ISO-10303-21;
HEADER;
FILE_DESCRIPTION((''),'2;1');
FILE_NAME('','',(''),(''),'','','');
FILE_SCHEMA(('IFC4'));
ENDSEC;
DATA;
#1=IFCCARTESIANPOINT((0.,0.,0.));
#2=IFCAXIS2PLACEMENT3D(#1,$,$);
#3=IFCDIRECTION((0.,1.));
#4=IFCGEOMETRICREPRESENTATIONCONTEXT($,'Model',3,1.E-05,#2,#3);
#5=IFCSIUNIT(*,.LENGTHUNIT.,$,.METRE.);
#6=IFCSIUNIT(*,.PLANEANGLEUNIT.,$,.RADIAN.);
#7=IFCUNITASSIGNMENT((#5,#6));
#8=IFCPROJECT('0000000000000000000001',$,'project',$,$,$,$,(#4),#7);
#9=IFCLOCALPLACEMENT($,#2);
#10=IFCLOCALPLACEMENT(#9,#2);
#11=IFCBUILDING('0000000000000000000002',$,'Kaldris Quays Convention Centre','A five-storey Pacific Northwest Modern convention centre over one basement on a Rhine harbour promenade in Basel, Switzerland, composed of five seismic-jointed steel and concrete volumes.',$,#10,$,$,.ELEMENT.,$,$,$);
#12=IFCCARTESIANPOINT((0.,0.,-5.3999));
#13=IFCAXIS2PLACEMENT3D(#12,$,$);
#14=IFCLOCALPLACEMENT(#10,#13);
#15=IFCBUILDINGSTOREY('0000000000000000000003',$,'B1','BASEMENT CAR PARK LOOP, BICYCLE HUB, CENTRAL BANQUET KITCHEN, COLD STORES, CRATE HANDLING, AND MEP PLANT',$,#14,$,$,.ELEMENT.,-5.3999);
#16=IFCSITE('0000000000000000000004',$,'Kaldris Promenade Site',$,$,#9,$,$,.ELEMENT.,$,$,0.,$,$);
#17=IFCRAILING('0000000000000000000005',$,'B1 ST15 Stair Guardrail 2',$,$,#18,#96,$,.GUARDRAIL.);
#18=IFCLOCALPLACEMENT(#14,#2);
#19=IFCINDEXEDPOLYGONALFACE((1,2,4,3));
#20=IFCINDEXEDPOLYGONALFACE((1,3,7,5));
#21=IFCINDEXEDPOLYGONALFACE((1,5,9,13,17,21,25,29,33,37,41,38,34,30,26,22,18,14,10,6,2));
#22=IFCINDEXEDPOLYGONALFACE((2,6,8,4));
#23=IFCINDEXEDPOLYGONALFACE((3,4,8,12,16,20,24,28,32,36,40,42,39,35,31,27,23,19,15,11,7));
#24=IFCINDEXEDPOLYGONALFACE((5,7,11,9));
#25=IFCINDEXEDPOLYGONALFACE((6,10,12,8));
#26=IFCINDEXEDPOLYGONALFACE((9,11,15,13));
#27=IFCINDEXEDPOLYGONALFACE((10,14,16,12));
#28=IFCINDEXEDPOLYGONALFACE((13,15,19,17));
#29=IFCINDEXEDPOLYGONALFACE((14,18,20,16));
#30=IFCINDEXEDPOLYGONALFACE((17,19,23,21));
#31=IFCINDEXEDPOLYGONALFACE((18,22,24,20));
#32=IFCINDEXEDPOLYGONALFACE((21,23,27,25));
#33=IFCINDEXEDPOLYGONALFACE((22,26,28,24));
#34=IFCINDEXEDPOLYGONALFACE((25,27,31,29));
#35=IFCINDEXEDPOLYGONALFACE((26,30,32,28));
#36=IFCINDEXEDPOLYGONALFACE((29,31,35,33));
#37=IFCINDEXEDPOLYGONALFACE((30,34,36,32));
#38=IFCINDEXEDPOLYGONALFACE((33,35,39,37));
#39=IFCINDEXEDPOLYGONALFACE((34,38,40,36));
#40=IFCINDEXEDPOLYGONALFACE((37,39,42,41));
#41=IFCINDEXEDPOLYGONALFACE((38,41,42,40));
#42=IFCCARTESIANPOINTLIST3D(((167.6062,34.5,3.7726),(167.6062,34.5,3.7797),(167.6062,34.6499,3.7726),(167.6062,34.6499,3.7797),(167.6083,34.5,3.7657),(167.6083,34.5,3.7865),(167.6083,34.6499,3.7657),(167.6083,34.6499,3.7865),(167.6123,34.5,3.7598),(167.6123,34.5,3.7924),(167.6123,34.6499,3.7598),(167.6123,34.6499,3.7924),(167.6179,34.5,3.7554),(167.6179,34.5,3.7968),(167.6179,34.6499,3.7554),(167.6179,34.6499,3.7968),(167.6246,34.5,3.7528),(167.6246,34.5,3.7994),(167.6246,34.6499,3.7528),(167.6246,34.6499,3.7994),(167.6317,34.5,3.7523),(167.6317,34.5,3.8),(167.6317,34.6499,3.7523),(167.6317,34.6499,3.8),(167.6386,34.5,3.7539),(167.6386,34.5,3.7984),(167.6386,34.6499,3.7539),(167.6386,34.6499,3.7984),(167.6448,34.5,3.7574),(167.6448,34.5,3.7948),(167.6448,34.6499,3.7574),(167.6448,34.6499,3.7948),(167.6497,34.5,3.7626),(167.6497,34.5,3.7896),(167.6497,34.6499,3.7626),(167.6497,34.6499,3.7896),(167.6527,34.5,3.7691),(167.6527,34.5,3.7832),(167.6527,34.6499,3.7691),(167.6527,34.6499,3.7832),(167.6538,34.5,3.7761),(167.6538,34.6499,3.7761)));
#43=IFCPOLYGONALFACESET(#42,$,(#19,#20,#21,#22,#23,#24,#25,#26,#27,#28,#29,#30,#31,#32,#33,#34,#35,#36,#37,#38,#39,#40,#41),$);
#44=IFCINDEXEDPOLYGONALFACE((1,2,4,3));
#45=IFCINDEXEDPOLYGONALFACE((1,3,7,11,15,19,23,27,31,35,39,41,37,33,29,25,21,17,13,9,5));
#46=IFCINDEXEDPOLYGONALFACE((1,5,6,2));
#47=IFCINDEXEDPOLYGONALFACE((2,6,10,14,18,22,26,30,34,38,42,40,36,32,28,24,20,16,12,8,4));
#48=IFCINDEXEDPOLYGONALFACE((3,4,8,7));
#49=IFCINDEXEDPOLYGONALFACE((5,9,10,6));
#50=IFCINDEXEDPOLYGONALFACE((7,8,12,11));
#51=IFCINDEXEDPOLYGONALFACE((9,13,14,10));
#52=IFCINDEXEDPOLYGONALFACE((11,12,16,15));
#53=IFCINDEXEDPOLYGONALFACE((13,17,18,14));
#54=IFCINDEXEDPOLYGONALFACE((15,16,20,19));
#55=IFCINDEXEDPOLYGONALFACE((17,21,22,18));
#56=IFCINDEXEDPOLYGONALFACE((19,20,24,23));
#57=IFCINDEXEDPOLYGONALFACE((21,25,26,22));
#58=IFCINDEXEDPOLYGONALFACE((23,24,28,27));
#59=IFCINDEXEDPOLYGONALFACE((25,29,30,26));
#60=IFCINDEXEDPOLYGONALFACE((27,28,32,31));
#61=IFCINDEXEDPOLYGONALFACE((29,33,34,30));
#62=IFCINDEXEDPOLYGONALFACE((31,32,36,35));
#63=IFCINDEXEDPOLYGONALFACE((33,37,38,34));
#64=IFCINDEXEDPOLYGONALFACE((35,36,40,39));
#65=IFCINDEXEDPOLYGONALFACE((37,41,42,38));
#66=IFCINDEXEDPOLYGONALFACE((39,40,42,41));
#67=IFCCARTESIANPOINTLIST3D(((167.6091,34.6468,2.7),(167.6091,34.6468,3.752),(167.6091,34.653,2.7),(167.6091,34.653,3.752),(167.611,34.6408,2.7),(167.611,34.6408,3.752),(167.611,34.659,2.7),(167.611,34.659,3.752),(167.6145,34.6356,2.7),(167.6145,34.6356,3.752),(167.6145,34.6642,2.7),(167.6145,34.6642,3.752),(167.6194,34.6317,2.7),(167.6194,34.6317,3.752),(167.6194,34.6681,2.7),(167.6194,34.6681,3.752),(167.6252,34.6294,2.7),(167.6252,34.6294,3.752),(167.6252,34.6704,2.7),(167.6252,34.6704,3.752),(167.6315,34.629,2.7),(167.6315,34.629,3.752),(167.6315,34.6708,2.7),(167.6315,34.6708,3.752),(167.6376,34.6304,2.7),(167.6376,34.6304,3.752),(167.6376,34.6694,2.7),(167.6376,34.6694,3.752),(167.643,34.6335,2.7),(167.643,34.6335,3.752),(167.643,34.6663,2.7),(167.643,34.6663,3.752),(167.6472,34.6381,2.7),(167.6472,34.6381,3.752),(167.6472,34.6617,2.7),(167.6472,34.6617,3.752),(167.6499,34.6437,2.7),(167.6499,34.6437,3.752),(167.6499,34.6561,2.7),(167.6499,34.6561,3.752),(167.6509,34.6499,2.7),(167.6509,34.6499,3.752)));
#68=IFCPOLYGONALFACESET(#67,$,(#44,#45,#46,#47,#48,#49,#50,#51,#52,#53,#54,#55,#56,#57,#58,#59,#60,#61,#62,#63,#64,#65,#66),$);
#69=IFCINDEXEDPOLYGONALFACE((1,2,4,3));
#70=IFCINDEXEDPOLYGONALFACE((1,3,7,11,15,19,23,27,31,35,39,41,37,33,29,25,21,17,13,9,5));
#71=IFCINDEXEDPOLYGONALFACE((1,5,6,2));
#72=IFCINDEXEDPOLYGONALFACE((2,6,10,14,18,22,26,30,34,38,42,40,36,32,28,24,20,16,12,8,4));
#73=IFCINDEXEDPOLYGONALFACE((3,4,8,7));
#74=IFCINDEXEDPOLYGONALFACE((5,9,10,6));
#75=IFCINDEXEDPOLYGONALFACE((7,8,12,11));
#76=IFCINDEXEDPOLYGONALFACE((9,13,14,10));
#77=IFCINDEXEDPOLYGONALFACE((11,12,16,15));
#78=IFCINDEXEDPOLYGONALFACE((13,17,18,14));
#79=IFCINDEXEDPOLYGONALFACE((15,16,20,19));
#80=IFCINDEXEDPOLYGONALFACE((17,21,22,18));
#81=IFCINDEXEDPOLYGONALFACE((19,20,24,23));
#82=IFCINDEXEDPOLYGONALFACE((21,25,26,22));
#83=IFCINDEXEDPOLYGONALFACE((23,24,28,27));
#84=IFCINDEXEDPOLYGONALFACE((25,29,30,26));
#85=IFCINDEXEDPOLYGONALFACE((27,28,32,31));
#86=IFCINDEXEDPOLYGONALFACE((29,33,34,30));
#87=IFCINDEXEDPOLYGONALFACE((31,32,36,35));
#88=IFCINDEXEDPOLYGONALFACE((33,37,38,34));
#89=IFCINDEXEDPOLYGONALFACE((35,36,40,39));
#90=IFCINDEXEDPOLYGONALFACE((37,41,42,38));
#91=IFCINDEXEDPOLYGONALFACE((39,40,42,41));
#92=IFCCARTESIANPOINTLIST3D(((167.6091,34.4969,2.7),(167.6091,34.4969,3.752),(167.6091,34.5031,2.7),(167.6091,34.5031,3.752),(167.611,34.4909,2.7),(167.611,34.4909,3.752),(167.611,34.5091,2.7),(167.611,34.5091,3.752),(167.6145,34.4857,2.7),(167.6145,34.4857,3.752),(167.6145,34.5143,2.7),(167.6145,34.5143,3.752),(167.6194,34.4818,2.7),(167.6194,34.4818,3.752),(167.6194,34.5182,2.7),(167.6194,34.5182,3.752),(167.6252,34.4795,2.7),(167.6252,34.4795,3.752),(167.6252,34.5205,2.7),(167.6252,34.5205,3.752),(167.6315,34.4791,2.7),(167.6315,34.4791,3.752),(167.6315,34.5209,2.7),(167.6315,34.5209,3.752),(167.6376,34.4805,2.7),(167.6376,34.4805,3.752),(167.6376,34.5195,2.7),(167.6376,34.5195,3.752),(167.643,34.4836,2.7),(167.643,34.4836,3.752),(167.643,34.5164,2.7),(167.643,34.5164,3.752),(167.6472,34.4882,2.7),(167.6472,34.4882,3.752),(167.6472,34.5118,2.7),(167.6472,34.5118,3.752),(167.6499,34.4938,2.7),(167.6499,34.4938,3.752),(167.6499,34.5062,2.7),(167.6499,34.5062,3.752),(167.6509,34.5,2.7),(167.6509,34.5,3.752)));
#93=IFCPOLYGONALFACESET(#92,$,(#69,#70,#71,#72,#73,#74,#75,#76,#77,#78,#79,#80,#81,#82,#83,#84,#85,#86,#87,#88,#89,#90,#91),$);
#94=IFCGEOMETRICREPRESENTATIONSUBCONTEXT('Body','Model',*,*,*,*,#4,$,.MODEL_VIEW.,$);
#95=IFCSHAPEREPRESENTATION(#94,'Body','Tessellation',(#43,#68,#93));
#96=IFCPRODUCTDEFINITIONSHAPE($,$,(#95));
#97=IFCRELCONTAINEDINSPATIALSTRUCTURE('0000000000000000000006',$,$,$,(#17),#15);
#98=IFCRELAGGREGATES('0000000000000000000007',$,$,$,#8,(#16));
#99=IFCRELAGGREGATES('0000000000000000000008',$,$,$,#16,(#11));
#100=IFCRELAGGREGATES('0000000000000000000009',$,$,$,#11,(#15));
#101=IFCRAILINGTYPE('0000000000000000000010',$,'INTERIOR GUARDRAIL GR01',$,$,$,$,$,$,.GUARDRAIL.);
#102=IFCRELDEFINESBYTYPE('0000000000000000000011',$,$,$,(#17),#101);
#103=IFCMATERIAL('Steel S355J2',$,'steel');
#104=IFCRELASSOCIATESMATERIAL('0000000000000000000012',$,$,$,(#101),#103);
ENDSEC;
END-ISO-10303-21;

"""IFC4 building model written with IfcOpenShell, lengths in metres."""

from ifc_helpers import new_model, si_unit, direction, frame, origin, origin_2d, place, context, subcontext, project, spatial, circle, extrude, material, type_object, element, save


model = new_model("IFC4")

# Units and contexts
model_context = context("Model", 3, precision=1e-05, world=origin(), true_north=direction((0.0, 1.0)))
body_context = subcontext(model_context, "Body", "Model", "MODEL_VIEW")
ifc_project = project(units=[si_unit("LENGTHUNIT", "METRE"), si_unit("PLANEANGLEUNIT", "RADIAN")], contexts=[model_context])

# Site, building, storey
site_placement = place(None, origin())
site = spatial("IfcSite", under=ifc_project, at=site_placement, Name="Kaldris Promenade Site", CompositionType="ELEMENT", RefElevation=0.0)
building_placement = place(site_placement, origin())
building = spatial("IfcBuilding", under=site, at=building_placement, Name="Kaldris Quays Convention Centre", Description="A five-storey Pacific Northwest Modern convention centre over one basement on a Rhine harbour promenade in Basel, Switzerland, composed of five seismic-jointed steel and concrete volumes.", CompositionType="ELEMENT")
storey_placement = place(building_placement, frame((0.0, 0.0, -5.3999)))
storey = spatial("IfcBuildingStorey", under=building, at=storey_placement, Name="B1", Description="BASEMENT CAR PARK LOOP, BICYCLE HUB, CENTRAL BANQUET KITCHEN, COLD STORES, CRATE HANDLING, AND MEP PLANT", CompositionType="ELEMENT", Elevation=-5.3999)

# Shared definitions
ifc_material_1 = material(Name="Steel S355J2", Category="steel")

# Railing
railing_type_1 = type_object("IfcRailingType", Name="INTERIOR GUARDRAIL GR01", PredefinedType="GUARDRAIL", material=ifc_material_1)
railing_1_placement = place(storey_placement, frame((167.6299, 34.6499, 2.7)))
element("IfcRailing", 1, at=railing_1_placement, inside=storey, type_object=railing_type_1, Name="B1 ST15 Stair Guardrail 2", PredefinedType="GUARDRAIL", context=body_context, shape_type="SweptSolid", body=[
    extrude(circle(Radius=0.0239, at=origin_2d()), frame((0.0, 0.0, 1.0762), z_axis=(0.0, -1.0, 0.0), x_axis=(1.0, 0.0, 0.0)), (0.0, 0.0, 1.0), 0.1499),
    extrude(circle(Radius=0.021, at=origin_2d()), origin(), (0.0, 0.0, 1.0), 1.052),
    extrude(circle(Radius=0.021, at=origin_2d()), frame((0.0, -0.1499, 0.0)), (0.0, 0.0, 1.0), 1.052),
])

save(model, "model.ifc")
